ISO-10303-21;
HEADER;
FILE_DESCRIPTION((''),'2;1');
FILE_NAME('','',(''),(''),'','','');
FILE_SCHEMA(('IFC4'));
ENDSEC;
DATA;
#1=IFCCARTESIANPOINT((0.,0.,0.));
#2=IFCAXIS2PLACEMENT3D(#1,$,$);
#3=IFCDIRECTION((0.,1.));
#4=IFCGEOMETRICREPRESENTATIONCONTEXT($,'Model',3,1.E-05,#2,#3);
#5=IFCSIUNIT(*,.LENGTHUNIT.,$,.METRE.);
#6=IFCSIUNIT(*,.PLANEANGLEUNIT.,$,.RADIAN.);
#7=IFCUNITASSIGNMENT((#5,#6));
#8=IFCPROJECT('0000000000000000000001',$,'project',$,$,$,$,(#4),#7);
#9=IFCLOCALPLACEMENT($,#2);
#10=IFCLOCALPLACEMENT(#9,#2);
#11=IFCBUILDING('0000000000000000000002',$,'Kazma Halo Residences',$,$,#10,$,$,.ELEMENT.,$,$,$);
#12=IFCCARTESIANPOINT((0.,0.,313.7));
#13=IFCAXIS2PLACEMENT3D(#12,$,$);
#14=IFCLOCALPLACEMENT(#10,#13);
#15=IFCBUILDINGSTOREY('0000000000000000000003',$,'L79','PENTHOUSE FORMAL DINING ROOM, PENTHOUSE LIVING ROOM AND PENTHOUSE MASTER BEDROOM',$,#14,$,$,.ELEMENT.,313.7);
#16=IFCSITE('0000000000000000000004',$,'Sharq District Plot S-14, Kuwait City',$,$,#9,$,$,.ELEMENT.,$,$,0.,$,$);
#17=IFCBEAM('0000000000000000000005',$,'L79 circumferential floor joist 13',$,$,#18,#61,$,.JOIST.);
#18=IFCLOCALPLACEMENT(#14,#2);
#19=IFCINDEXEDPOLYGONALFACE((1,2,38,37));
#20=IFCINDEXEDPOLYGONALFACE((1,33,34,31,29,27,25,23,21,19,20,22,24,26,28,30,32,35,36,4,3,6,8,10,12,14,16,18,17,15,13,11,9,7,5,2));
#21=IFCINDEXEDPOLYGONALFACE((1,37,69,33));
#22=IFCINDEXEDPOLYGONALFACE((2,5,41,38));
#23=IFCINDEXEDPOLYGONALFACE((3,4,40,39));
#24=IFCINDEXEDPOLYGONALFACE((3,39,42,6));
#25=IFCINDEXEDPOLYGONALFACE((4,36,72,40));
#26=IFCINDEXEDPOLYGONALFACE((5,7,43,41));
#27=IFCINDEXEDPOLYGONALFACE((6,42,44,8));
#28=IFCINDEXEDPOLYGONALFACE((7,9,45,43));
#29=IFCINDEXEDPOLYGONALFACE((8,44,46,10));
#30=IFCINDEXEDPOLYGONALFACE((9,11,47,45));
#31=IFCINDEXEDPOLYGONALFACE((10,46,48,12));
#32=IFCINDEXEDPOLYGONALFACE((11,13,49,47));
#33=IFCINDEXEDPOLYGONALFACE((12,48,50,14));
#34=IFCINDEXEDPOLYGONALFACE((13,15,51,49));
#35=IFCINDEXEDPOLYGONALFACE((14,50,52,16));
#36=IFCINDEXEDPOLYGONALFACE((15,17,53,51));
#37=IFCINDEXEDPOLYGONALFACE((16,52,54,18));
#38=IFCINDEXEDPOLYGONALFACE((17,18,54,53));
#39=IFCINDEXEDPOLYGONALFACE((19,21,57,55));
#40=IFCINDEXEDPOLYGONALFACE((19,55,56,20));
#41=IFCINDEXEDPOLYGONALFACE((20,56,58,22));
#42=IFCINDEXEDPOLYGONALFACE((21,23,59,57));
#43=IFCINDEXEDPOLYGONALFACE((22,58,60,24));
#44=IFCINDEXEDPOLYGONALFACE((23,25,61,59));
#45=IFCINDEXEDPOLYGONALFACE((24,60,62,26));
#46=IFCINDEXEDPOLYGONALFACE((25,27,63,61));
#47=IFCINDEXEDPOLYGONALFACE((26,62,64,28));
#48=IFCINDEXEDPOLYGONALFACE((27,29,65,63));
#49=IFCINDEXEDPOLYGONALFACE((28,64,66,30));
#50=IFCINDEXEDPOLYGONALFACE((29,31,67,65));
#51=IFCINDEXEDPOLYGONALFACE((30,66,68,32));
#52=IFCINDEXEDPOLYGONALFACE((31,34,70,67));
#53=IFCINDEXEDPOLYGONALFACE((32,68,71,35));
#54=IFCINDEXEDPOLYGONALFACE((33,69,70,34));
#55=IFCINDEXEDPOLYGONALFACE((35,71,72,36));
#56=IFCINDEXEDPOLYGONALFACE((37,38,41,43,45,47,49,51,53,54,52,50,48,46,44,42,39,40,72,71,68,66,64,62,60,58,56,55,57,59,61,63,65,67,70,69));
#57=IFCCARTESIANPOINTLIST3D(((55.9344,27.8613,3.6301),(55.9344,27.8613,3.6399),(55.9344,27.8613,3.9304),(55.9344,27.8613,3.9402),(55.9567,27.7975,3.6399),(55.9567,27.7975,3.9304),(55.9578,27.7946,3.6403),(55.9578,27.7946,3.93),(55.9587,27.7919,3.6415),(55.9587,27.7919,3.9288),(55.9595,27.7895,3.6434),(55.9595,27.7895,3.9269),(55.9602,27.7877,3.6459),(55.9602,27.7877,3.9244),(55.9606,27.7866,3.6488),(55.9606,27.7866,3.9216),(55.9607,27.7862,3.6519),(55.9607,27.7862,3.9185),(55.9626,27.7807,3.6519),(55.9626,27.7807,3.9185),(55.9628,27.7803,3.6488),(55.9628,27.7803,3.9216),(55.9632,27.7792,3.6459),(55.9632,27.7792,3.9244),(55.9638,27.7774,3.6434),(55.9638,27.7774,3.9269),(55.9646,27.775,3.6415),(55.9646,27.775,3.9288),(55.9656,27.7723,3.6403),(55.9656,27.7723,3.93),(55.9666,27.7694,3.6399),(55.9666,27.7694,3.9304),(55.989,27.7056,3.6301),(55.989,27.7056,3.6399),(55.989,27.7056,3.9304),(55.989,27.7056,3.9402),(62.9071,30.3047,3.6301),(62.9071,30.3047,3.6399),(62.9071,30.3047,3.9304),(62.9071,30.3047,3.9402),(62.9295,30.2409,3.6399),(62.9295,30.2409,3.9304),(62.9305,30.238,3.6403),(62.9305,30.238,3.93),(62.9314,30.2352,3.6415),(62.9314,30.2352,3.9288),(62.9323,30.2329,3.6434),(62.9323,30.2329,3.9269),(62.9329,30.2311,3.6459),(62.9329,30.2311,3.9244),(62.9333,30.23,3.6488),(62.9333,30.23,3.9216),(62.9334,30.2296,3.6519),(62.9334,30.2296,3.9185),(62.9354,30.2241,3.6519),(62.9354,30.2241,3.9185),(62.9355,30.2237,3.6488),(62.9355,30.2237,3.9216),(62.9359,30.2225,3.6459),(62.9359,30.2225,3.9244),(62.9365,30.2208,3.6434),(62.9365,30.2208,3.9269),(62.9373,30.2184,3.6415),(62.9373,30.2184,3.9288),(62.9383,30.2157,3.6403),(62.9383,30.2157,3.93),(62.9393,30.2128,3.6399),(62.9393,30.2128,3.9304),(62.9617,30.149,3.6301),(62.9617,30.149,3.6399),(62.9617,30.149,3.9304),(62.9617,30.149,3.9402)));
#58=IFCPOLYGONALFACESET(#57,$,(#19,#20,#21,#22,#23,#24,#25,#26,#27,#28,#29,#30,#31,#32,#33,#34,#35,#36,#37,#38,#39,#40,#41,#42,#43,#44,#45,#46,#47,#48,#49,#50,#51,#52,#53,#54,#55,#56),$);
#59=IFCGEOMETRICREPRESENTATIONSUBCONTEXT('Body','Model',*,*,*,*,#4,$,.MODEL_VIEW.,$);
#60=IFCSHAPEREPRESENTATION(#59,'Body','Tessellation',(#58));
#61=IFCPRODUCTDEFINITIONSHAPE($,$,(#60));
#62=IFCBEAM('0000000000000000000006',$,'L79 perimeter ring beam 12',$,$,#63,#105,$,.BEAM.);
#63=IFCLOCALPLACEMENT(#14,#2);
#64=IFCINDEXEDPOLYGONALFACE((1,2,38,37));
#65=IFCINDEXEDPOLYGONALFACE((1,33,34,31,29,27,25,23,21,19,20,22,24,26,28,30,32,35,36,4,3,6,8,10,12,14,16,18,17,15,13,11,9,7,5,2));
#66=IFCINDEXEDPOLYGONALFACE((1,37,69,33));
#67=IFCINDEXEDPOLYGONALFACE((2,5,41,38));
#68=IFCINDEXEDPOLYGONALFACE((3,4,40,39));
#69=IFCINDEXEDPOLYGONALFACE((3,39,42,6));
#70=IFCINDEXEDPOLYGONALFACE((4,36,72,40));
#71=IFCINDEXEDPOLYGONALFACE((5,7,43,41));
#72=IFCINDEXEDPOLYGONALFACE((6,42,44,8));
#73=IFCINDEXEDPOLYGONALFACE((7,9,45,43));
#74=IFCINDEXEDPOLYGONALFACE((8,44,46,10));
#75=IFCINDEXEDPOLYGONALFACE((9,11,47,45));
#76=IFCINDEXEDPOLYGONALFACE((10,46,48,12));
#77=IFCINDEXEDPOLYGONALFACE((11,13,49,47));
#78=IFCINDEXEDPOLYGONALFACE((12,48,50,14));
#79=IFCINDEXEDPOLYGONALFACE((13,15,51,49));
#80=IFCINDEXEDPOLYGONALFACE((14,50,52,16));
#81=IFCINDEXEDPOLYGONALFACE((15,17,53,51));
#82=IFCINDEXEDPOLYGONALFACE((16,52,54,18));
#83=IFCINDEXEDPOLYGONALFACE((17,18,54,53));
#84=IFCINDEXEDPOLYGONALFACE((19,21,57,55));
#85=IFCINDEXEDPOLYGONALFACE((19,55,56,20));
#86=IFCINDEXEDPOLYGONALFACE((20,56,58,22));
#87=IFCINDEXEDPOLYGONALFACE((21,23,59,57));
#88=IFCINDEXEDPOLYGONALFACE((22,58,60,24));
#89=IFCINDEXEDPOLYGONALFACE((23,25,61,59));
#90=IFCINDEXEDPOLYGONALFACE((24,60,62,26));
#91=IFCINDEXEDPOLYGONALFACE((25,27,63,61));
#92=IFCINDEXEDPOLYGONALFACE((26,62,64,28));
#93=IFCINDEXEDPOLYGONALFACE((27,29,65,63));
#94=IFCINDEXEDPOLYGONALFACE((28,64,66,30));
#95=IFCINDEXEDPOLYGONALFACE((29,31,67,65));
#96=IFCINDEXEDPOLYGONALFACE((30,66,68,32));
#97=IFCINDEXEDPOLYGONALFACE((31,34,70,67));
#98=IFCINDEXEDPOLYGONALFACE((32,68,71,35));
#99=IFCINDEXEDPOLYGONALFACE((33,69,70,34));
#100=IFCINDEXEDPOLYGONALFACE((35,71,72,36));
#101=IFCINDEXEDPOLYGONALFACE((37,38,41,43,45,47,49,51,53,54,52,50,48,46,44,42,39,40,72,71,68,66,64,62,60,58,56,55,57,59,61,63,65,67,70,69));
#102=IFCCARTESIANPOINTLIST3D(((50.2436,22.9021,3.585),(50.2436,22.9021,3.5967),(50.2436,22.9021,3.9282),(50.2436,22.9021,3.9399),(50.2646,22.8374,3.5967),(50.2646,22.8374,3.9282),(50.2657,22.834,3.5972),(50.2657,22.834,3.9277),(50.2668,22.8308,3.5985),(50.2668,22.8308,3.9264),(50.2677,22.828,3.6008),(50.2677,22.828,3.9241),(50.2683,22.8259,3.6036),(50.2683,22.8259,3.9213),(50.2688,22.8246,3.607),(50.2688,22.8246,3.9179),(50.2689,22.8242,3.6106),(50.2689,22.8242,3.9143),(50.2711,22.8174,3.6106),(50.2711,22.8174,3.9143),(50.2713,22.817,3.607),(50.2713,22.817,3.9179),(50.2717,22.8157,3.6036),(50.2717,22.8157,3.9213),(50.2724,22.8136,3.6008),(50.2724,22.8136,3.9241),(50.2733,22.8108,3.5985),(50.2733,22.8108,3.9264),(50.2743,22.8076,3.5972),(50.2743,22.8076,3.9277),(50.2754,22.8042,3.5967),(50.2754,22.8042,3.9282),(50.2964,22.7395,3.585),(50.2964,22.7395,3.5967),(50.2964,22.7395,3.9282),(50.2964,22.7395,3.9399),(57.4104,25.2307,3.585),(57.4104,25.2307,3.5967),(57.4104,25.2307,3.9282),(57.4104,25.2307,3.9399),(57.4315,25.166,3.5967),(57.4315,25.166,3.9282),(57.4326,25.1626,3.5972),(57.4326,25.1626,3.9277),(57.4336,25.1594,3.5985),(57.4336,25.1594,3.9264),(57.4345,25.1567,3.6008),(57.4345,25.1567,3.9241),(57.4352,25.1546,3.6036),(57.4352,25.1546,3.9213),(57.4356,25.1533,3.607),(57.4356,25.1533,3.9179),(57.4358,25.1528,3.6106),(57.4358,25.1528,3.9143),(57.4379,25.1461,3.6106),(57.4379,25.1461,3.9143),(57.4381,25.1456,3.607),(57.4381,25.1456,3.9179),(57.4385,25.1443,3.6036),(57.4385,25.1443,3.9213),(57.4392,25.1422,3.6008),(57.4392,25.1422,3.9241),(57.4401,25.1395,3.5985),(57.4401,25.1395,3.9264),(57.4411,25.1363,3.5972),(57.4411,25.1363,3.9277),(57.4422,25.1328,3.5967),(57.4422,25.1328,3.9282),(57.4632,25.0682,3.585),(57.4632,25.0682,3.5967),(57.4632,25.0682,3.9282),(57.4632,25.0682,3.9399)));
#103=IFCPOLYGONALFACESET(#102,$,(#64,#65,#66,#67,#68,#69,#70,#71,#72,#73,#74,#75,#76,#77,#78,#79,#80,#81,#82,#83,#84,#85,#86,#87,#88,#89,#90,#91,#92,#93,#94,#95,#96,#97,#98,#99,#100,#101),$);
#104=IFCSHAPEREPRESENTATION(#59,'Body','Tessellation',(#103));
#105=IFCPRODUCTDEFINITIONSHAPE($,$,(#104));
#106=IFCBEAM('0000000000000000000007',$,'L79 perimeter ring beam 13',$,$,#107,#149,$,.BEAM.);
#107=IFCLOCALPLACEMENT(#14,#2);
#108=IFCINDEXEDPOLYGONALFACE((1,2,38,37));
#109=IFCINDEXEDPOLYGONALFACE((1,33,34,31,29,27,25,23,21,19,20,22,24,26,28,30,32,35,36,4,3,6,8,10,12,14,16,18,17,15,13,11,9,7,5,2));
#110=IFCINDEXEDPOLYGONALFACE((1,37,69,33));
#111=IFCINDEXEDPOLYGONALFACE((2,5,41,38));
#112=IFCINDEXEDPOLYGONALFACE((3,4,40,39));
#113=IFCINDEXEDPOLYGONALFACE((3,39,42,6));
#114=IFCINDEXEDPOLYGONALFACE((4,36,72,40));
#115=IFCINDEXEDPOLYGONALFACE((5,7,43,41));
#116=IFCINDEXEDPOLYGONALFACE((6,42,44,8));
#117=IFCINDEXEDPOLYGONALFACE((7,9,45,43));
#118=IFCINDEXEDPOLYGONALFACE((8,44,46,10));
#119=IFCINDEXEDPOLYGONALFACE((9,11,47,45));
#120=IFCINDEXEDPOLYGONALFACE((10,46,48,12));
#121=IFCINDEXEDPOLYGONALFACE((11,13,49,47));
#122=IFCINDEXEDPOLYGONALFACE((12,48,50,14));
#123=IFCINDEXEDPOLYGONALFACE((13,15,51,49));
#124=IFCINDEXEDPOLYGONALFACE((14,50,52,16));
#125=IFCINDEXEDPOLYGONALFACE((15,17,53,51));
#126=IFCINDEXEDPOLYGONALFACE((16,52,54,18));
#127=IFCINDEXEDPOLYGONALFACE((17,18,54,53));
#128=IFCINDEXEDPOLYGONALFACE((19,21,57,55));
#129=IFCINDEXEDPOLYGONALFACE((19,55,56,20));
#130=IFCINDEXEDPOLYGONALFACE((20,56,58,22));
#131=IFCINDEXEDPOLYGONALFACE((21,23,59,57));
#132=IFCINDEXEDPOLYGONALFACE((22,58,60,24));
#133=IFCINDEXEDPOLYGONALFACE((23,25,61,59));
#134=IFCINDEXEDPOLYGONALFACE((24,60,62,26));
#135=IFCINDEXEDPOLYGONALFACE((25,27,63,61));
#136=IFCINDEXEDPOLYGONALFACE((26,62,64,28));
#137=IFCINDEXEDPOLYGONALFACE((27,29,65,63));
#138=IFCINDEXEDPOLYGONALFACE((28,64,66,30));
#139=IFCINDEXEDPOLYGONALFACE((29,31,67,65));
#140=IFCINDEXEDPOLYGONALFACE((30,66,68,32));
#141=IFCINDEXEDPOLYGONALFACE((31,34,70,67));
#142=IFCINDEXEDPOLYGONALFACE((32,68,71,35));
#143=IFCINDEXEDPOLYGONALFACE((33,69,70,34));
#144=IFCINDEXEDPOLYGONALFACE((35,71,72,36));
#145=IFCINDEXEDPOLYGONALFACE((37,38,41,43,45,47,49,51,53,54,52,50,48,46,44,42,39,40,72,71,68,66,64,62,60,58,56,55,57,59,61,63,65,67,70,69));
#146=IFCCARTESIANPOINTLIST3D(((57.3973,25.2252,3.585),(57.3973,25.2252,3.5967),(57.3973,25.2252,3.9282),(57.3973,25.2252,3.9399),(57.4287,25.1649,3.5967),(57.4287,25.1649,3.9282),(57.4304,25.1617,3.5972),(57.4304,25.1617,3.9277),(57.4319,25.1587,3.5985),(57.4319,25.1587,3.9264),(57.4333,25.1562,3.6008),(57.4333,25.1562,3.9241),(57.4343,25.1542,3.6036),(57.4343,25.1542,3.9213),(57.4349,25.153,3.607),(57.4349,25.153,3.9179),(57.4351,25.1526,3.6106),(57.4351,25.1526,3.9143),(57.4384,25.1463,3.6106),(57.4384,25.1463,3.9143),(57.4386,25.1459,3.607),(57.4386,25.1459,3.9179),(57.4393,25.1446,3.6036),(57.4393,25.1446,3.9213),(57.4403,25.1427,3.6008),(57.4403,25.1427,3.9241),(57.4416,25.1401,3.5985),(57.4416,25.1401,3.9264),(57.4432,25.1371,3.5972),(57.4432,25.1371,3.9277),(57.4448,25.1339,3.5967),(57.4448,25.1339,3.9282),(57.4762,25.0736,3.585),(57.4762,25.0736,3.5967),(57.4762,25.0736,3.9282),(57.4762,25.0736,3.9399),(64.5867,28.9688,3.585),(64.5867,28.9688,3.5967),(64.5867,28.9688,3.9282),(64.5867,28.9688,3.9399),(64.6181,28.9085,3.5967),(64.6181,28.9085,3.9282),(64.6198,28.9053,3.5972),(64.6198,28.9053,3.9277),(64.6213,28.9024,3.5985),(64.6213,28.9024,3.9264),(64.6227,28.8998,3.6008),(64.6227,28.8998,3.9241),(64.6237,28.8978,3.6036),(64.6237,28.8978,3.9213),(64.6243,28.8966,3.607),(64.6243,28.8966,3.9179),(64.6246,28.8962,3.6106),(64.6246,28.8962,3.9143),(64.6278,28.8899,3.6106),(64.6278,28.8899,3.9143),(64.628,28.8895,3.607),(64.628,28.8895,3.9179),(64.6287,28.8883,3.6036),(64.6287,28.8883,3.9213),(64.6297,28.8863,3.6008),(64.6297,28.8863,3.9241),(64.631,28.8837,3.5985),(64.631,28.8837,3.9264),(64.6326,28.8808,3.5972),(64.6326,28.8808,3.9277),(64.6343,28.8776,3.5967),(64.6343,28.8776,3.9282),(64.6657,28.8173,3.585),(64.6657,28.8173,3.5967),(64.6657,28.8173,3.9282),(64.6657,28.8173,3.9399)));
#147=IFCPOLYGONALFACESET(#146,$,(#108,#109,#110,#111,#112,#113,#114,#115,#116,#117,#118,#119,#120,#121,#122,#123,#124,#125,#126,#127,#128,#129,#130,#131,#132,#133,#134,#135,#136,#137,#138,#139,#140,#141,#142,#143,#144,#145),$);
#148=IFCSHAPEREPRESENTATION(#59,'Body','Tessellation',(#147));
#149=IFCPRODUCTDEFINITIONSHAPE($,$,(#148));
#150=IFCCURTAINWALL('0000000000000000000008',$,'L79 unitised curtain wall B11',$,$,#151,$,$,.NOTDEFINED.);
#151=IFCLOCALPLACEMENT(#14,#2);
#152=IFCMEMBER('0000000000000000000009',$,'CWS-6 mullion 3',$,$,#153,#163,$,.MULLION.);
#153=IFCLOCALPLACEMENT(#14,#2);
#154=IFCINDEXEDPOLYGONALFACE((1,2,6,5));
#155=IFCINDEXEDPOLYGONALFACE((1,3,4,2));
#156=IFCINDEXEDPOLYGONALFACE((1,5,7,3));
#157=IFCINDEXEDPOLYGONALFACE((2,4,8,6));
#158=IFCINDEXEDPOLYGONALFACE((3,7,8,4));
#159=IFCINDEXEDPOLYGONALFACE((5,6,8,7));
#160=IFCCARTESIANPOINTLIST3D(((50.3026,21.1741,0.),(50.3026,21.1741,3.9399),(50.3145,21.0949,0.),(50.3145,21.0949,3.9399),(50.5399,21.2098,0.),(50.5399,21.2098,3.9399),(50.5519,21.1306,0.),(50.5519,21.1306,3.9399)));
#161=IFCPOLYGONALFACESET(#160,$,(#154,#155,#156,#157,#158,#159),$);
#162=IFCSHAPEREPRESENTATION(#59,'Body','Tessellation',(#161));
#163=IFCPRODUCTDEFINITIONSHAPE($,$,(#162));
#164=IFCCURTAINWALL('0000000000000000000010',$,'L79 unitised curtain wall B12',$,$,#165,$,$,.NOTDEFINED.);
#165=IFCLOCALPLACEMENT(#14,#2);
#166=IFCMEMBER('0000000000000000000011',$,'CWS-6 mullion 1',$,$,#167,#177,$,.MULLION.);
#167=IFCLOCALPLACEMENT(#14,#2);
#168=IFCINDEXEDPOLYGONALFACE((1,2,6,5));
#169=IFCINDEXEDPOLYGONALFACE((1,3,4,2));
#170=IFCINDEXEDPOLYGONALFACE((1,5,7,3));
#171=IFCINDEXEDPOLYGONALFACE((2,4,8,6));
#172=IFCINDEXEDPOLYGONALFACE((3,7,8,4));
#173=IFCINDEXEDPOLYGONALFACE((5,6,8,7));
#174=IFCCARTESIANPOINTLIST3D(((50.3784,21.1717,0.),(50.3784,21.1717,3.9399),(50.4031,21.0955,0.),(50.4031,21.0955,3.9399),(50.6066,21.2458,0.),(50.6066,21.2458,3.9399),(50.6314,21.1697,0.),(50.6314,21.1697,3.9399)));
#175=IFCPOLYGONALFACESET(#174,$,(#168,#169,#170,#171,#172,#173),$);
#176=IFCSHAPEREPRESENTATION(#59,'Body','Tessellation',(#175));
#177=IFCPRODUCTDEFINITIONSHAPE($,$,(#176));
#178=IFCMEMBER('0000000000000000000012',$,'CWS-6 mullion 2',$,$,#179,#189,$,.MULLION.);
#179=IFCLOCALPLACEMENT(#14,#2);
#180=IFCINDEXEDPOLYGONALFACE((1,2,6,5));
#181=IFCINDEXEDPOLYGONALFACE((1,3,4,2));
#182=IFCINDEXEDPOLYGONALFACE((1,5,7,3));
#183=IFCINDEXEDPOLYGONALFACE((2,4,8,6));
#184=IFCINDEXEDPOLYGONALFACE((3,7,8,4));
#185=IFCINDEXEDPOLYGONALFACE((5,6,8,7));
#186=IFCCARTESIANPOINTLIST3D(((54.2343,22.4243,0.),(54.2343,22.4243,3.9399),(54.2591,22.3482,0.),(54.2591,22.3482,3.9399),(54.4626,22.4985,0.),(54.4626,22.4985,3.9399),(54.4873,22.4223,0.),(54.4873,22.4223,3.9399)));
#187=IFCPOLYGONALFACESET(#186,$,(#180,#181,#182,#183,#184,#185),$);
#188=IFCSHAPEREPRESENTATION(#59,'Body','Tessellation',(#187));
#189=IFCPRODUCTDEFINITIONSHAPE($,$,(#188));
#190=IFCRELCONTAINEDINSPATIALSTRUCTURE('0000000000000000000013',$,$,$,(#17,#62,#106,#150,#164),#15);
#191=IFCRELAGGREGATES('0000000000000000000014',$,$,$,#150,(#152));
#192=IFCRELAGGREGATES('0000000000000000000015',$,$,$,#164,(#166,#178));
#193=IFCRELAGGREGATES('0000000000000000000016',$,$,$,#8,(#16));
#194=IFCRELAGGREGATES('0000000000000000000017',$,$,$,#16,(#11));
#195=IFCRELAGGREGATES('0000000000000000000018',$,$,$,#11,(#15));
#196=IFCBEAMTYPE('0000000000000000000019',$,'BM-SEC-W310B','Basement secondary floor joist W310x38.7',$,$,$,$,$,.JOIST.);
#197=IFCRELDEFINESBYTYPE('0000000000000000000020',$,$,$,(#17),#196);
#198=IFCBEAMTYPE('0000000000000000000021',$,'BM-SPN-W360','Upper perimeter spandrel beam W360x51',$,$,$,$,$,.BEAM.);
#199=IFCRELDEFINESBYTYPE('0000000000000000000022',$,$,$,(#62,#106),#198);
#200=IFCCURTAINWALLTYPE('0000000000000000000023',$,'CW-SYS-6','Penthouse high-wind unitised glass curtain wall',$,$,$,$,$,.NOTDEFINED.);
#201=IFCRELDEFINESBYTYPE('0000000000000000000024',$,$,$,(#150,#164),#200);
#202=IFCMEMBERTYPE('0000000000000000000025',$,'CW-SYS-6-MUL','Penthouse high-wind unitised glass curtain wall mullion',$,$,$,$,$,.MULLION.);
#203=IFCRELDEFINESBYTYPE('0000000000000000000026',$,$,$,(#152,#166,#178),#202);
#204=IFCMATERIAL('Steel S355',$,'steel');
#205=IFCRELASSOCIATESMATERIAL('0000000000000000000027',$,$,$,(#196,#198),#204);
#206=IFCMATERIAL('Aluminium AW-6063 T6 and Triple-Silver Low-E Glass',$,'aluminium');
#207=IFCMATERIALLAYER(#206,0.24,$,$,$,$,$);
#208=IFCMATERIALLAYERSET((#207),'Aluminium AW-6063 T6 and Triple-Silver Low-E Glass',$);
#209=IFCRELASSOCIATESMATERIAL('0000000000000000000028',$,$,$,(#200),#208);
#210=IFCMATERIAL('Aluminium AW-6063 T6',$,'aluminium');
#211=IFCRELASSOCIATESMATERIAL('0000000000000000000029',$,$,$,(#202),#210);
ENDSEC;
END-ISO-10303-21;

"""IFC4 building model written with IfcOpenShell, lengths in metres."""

from ifc_helpers import new_model, si_unit, direction, frame, origin, origin_2d, place, context, subcontext, project, spatial, rectangle, i_section, extrude, material, layer, layer_set, material_profile, profile_set, type_object, element, aggregate, save


model = new_model("IFC4")

# Units and contexts
model_context = context("Model", 3, precision=1e-05, world=origin(), true_north=direction((0.0, 1.0)))
body_context = subcontext(model_context, "Body", "Model", "MODEL_VIEW")
ifc_project = project(units=[si_unit("LENGTHUNIT", "METRE"), si_unit("PLANEANGLEUNIT", "RADIAN")], contexts=[model_context])

# Site, building, storey
site_placement = place(None, origin())
site = spatial("IfcSite", under=ifc_project, at=site_placement, Name="Sharq District Plot S-14, Kuwait City", CompositionType="ELEMENT", RefElevation=0.0)
building_placement = place(site_placement, origin())
building = spatial("IfcBuilding", under=site, at=building_placement, Name="Kazma Halo Residences", CompositionType="ELEMENT")
storey_placement = place(building_placement, frame((0.0, 0.0, 313.7)))
storey = spatial("IfcBuildingStorey", under=building, at=storey_placement, Name="L79", Description="PENTHOUSE FORMAL DINING ROOM, PENTHOUSE LIVING ROOM AND PENTHOUSE MASTER BEDROOM", CompositionType="ELEMENT", Elevation=313.7)

# Beams
ifc_material_1 = material(Name="Steel S355", Category="steel")
ifc_material_profile_1 = material_profile(ifc_material_1, i_section(OverallWidth=0.165, OverallDepth=0.3101, WebThickness=0.0059, FlangeThickness=0.0098, FilletRadius=0.012, at=origin_2d()), Name="W310x38.7")
ifc_profile_set_1 = profile_set([ifc_material_profile_1], Name="Steel S355")
beam_type_1 = type_object("IfcBeamType", Name="BM-SEC-W310B", Description="Basement secondary floor joist W310x38.7", PredefinedType="JOIST", material=ifc_profile_set_1)
beam_1_placement = place(storey_placement, frame((55.9617, 27.7834, 3.7852), z_axis=(0.943735, 0.330704, 0.0), x_axis=(-0.330704, 0.943735, 0.0)))
element("IfcBeam", 1, at=beam_1_placement, inside=storey, type_object=beam_type_1, Name="L79 circumferential floor joist 13", PredefinedType="JOIST", context=body_context, shape_type="SweptSolid", body=[
    extrude(i_section(OverallWidth=0.165, OverallDepth=0.3101, WebThickness=0.0059, FlangeThickness=0.0098, FilletRadius=0.012, at=origin_2d()), origin(), (0.0, 0.0, 1.0), 7.3884),
])
ifc_material_profile_2 = material_profile(ifc_material_1, i_section(OverallWidth=0.1709, OverallDepth=0.355, WebThickness=0.0071, FlangeThickness=0.0117, FilletRadius=0.0139, at=origin_2d()), Name="W360x51")
ifc_profile_set_2 = profile_set([ifc_material_profile_2], Name="Steel S355")
beam_type_2 = type_object("IfcBeamType", Name="BM-SPN-W360", Description="Upper perimeter spandrel beam W360x51", PredefinedType="BEAM", material=ifc_profile_set_2)
beam_2_placement = place(storey_placement, frame((50.27, 22.8208, 3.7625), z_axis=(0.951057, 0.309016, 0.0), x_axis=(-0.309016, 0.951057, 0.0)))
element("IfcBeam", 2, at=beam_2_placement, inside=storey, type_object=beam_type_2, Name="L79 perimeter ring beam 12", PredefinedType="BEAM", context=body_context, shape_type="SweptSolid", body=[
    extrude(i_section(OverallWidth=0.1709, OverallDepth=0.355, WebThickness=0.0071, FlangeThickness=0.0117, FilletRadius=0.0139, at=origin_2d()), origin(), (0.0, 0.0, 1.0), 7.5356),
])
beam_3_placement = place(storey_placement, frame((57.4368, 25.1494, 3.7625), z_axis=(0.886957, 0.461851, 0.0), x_axis=(-0.461851, 0.886957, 0.0)))
element("IfcBeam", 3, at=beam_3_placement, inside=storey, type_object=beam_type_2, Name="L79 perimeter ring beam 13", PredefinedType="BEAM", context=body_context, shape_type="SweptSolid", body=[
    extrude(i_section(OverallWidth=0.1709, OverallDepth=0.355, WebThickness=0.0071, FlangeThickness=0.0117, FilletRadius=0.0139, at=origin_2d()), origin(), (0.0, 0.0, 1.0), 8.1057),
])

# Curtain wall, member
ifc_material_2 = material(Name="Aluminium AW-6063 T6 and Triple-Silver Low-E Glass", Category="aluminium")
ifc_layer_1 = layer(ifc_material_2, 0.24)
ifc_layer_set_1 = layer_set([ifc_layer_1], Name="Aluminium AW-6063 T6 and Triple-Silver Low-E Glass")
curtain_wall_type = type_object("IfcCurtainWallType", Name="CW-SYS-6", Description="Penthouse high-wind unitised glass curtain wall", PredefinedType="NOTDEFINED", material=ifc_layer_set_1)
curtain_wall_1_placement = place(storey_placement, origin())
curtain_wall_1 = element("IfcCurtainWall", 4, at=curtain_wall_1_placement, inside=storey, type_object=curtain_wall_type, Name="L79 unitised curtain wall B11", PredefinedType="NOTDEFINED")
ifc_material_3 = material(Name="Aluminium AW-6063 T6", Category="aluminium")
ifc_material_profile_3 = material_profile(ifc_material_3, rectangle(XDim=0.0801, YDim=0.24, at=origin_2d()), Name="CWM-80x240")
ifc_profile_set_3 = profile_set([ifc_material_profile_3], Name="Aluminium AW-6063 T6")
member_type_1 = type_object("IfcMemberType", Name="CW-SYS-6-MUL", Description="Penthouse high-wind unitised glass curtain wall mullion", PredefinedType="MULLION", material=ifc_profile_set_3)
member_1_placement = place(storey_placement, frame((50.4272, 21.1523, 0.0), z_axis=(0.0, 0.0, 1.0), x_axis=(-0.148871, 0.988857, 0.0)))
member_1 = element("IfcMember", 5, at=member_1_placement, type_object=member_type_1, Name="CWS-6 mullion 3", PredefinedType="MULLION", context=body_context, shape_type="SweptSolid", body=[
    extrude(rectangle(XDim=0.0801, YDim=0.24, at=origin_2d()), origin(), (0.0, 0.0, 1.0), 3.9399),
])
aggregate(curtain_wall_1, [member_1])

# Curtain wall, members
curtain_wall_2_placement = place(storey_placement, origin())
curtain_wall_2 = element("IfcCurtainWall", 6, at=curtain_wall_2_placement, inside=storey, type_object=curtain_wall_type, Name="L79 unitised curtain wall B12", PredefinedType="NOTDEFINED")
member_2_placement = place(storey_placement, frame((50.5049, 21.1707, 0.0), z_axis=(0.0, 0.0, 1.0), x_axis=(-0.30902, 0.951056, 0.0)))
member_2 = element("IfcMember", 7, at=member_2_placement, type_object=member_type_1, Name="CWS-6 mullion 1", PredefinedType="MULLION", context=body_context, shape_type="SweptSolid", body=[
    extrude(rectangle(XDim=0.0801, YDim=0.24, at=origin_2d()), origin(), (0.0, 0.0, 1.0), 3.9399),
])
member_3_placement = place(storey_placement, frame((54.3608, 22.4233, 0.0), z_axis=(0.0, 0.0, 1.0), x_axis=(-0.30902, 0.951056, 0.0)))
member_3 = element("IfcMember", 8, at=member_3_placement, type_object=member_type_1, Name="CWS-6 mullion 2", PredefinedType="MULLION", context=body_context, shape_type="SweptSolid", body=[
    extrude(rectangle(XDim=0.0801, YDim=0.24, at=origin_2d()), origin(), (0.0, 0.0, 1.0), 3.9399),
])

aggregate(curtain_wall_2, [member_2, member_3])

save(model, "model.ifc")
